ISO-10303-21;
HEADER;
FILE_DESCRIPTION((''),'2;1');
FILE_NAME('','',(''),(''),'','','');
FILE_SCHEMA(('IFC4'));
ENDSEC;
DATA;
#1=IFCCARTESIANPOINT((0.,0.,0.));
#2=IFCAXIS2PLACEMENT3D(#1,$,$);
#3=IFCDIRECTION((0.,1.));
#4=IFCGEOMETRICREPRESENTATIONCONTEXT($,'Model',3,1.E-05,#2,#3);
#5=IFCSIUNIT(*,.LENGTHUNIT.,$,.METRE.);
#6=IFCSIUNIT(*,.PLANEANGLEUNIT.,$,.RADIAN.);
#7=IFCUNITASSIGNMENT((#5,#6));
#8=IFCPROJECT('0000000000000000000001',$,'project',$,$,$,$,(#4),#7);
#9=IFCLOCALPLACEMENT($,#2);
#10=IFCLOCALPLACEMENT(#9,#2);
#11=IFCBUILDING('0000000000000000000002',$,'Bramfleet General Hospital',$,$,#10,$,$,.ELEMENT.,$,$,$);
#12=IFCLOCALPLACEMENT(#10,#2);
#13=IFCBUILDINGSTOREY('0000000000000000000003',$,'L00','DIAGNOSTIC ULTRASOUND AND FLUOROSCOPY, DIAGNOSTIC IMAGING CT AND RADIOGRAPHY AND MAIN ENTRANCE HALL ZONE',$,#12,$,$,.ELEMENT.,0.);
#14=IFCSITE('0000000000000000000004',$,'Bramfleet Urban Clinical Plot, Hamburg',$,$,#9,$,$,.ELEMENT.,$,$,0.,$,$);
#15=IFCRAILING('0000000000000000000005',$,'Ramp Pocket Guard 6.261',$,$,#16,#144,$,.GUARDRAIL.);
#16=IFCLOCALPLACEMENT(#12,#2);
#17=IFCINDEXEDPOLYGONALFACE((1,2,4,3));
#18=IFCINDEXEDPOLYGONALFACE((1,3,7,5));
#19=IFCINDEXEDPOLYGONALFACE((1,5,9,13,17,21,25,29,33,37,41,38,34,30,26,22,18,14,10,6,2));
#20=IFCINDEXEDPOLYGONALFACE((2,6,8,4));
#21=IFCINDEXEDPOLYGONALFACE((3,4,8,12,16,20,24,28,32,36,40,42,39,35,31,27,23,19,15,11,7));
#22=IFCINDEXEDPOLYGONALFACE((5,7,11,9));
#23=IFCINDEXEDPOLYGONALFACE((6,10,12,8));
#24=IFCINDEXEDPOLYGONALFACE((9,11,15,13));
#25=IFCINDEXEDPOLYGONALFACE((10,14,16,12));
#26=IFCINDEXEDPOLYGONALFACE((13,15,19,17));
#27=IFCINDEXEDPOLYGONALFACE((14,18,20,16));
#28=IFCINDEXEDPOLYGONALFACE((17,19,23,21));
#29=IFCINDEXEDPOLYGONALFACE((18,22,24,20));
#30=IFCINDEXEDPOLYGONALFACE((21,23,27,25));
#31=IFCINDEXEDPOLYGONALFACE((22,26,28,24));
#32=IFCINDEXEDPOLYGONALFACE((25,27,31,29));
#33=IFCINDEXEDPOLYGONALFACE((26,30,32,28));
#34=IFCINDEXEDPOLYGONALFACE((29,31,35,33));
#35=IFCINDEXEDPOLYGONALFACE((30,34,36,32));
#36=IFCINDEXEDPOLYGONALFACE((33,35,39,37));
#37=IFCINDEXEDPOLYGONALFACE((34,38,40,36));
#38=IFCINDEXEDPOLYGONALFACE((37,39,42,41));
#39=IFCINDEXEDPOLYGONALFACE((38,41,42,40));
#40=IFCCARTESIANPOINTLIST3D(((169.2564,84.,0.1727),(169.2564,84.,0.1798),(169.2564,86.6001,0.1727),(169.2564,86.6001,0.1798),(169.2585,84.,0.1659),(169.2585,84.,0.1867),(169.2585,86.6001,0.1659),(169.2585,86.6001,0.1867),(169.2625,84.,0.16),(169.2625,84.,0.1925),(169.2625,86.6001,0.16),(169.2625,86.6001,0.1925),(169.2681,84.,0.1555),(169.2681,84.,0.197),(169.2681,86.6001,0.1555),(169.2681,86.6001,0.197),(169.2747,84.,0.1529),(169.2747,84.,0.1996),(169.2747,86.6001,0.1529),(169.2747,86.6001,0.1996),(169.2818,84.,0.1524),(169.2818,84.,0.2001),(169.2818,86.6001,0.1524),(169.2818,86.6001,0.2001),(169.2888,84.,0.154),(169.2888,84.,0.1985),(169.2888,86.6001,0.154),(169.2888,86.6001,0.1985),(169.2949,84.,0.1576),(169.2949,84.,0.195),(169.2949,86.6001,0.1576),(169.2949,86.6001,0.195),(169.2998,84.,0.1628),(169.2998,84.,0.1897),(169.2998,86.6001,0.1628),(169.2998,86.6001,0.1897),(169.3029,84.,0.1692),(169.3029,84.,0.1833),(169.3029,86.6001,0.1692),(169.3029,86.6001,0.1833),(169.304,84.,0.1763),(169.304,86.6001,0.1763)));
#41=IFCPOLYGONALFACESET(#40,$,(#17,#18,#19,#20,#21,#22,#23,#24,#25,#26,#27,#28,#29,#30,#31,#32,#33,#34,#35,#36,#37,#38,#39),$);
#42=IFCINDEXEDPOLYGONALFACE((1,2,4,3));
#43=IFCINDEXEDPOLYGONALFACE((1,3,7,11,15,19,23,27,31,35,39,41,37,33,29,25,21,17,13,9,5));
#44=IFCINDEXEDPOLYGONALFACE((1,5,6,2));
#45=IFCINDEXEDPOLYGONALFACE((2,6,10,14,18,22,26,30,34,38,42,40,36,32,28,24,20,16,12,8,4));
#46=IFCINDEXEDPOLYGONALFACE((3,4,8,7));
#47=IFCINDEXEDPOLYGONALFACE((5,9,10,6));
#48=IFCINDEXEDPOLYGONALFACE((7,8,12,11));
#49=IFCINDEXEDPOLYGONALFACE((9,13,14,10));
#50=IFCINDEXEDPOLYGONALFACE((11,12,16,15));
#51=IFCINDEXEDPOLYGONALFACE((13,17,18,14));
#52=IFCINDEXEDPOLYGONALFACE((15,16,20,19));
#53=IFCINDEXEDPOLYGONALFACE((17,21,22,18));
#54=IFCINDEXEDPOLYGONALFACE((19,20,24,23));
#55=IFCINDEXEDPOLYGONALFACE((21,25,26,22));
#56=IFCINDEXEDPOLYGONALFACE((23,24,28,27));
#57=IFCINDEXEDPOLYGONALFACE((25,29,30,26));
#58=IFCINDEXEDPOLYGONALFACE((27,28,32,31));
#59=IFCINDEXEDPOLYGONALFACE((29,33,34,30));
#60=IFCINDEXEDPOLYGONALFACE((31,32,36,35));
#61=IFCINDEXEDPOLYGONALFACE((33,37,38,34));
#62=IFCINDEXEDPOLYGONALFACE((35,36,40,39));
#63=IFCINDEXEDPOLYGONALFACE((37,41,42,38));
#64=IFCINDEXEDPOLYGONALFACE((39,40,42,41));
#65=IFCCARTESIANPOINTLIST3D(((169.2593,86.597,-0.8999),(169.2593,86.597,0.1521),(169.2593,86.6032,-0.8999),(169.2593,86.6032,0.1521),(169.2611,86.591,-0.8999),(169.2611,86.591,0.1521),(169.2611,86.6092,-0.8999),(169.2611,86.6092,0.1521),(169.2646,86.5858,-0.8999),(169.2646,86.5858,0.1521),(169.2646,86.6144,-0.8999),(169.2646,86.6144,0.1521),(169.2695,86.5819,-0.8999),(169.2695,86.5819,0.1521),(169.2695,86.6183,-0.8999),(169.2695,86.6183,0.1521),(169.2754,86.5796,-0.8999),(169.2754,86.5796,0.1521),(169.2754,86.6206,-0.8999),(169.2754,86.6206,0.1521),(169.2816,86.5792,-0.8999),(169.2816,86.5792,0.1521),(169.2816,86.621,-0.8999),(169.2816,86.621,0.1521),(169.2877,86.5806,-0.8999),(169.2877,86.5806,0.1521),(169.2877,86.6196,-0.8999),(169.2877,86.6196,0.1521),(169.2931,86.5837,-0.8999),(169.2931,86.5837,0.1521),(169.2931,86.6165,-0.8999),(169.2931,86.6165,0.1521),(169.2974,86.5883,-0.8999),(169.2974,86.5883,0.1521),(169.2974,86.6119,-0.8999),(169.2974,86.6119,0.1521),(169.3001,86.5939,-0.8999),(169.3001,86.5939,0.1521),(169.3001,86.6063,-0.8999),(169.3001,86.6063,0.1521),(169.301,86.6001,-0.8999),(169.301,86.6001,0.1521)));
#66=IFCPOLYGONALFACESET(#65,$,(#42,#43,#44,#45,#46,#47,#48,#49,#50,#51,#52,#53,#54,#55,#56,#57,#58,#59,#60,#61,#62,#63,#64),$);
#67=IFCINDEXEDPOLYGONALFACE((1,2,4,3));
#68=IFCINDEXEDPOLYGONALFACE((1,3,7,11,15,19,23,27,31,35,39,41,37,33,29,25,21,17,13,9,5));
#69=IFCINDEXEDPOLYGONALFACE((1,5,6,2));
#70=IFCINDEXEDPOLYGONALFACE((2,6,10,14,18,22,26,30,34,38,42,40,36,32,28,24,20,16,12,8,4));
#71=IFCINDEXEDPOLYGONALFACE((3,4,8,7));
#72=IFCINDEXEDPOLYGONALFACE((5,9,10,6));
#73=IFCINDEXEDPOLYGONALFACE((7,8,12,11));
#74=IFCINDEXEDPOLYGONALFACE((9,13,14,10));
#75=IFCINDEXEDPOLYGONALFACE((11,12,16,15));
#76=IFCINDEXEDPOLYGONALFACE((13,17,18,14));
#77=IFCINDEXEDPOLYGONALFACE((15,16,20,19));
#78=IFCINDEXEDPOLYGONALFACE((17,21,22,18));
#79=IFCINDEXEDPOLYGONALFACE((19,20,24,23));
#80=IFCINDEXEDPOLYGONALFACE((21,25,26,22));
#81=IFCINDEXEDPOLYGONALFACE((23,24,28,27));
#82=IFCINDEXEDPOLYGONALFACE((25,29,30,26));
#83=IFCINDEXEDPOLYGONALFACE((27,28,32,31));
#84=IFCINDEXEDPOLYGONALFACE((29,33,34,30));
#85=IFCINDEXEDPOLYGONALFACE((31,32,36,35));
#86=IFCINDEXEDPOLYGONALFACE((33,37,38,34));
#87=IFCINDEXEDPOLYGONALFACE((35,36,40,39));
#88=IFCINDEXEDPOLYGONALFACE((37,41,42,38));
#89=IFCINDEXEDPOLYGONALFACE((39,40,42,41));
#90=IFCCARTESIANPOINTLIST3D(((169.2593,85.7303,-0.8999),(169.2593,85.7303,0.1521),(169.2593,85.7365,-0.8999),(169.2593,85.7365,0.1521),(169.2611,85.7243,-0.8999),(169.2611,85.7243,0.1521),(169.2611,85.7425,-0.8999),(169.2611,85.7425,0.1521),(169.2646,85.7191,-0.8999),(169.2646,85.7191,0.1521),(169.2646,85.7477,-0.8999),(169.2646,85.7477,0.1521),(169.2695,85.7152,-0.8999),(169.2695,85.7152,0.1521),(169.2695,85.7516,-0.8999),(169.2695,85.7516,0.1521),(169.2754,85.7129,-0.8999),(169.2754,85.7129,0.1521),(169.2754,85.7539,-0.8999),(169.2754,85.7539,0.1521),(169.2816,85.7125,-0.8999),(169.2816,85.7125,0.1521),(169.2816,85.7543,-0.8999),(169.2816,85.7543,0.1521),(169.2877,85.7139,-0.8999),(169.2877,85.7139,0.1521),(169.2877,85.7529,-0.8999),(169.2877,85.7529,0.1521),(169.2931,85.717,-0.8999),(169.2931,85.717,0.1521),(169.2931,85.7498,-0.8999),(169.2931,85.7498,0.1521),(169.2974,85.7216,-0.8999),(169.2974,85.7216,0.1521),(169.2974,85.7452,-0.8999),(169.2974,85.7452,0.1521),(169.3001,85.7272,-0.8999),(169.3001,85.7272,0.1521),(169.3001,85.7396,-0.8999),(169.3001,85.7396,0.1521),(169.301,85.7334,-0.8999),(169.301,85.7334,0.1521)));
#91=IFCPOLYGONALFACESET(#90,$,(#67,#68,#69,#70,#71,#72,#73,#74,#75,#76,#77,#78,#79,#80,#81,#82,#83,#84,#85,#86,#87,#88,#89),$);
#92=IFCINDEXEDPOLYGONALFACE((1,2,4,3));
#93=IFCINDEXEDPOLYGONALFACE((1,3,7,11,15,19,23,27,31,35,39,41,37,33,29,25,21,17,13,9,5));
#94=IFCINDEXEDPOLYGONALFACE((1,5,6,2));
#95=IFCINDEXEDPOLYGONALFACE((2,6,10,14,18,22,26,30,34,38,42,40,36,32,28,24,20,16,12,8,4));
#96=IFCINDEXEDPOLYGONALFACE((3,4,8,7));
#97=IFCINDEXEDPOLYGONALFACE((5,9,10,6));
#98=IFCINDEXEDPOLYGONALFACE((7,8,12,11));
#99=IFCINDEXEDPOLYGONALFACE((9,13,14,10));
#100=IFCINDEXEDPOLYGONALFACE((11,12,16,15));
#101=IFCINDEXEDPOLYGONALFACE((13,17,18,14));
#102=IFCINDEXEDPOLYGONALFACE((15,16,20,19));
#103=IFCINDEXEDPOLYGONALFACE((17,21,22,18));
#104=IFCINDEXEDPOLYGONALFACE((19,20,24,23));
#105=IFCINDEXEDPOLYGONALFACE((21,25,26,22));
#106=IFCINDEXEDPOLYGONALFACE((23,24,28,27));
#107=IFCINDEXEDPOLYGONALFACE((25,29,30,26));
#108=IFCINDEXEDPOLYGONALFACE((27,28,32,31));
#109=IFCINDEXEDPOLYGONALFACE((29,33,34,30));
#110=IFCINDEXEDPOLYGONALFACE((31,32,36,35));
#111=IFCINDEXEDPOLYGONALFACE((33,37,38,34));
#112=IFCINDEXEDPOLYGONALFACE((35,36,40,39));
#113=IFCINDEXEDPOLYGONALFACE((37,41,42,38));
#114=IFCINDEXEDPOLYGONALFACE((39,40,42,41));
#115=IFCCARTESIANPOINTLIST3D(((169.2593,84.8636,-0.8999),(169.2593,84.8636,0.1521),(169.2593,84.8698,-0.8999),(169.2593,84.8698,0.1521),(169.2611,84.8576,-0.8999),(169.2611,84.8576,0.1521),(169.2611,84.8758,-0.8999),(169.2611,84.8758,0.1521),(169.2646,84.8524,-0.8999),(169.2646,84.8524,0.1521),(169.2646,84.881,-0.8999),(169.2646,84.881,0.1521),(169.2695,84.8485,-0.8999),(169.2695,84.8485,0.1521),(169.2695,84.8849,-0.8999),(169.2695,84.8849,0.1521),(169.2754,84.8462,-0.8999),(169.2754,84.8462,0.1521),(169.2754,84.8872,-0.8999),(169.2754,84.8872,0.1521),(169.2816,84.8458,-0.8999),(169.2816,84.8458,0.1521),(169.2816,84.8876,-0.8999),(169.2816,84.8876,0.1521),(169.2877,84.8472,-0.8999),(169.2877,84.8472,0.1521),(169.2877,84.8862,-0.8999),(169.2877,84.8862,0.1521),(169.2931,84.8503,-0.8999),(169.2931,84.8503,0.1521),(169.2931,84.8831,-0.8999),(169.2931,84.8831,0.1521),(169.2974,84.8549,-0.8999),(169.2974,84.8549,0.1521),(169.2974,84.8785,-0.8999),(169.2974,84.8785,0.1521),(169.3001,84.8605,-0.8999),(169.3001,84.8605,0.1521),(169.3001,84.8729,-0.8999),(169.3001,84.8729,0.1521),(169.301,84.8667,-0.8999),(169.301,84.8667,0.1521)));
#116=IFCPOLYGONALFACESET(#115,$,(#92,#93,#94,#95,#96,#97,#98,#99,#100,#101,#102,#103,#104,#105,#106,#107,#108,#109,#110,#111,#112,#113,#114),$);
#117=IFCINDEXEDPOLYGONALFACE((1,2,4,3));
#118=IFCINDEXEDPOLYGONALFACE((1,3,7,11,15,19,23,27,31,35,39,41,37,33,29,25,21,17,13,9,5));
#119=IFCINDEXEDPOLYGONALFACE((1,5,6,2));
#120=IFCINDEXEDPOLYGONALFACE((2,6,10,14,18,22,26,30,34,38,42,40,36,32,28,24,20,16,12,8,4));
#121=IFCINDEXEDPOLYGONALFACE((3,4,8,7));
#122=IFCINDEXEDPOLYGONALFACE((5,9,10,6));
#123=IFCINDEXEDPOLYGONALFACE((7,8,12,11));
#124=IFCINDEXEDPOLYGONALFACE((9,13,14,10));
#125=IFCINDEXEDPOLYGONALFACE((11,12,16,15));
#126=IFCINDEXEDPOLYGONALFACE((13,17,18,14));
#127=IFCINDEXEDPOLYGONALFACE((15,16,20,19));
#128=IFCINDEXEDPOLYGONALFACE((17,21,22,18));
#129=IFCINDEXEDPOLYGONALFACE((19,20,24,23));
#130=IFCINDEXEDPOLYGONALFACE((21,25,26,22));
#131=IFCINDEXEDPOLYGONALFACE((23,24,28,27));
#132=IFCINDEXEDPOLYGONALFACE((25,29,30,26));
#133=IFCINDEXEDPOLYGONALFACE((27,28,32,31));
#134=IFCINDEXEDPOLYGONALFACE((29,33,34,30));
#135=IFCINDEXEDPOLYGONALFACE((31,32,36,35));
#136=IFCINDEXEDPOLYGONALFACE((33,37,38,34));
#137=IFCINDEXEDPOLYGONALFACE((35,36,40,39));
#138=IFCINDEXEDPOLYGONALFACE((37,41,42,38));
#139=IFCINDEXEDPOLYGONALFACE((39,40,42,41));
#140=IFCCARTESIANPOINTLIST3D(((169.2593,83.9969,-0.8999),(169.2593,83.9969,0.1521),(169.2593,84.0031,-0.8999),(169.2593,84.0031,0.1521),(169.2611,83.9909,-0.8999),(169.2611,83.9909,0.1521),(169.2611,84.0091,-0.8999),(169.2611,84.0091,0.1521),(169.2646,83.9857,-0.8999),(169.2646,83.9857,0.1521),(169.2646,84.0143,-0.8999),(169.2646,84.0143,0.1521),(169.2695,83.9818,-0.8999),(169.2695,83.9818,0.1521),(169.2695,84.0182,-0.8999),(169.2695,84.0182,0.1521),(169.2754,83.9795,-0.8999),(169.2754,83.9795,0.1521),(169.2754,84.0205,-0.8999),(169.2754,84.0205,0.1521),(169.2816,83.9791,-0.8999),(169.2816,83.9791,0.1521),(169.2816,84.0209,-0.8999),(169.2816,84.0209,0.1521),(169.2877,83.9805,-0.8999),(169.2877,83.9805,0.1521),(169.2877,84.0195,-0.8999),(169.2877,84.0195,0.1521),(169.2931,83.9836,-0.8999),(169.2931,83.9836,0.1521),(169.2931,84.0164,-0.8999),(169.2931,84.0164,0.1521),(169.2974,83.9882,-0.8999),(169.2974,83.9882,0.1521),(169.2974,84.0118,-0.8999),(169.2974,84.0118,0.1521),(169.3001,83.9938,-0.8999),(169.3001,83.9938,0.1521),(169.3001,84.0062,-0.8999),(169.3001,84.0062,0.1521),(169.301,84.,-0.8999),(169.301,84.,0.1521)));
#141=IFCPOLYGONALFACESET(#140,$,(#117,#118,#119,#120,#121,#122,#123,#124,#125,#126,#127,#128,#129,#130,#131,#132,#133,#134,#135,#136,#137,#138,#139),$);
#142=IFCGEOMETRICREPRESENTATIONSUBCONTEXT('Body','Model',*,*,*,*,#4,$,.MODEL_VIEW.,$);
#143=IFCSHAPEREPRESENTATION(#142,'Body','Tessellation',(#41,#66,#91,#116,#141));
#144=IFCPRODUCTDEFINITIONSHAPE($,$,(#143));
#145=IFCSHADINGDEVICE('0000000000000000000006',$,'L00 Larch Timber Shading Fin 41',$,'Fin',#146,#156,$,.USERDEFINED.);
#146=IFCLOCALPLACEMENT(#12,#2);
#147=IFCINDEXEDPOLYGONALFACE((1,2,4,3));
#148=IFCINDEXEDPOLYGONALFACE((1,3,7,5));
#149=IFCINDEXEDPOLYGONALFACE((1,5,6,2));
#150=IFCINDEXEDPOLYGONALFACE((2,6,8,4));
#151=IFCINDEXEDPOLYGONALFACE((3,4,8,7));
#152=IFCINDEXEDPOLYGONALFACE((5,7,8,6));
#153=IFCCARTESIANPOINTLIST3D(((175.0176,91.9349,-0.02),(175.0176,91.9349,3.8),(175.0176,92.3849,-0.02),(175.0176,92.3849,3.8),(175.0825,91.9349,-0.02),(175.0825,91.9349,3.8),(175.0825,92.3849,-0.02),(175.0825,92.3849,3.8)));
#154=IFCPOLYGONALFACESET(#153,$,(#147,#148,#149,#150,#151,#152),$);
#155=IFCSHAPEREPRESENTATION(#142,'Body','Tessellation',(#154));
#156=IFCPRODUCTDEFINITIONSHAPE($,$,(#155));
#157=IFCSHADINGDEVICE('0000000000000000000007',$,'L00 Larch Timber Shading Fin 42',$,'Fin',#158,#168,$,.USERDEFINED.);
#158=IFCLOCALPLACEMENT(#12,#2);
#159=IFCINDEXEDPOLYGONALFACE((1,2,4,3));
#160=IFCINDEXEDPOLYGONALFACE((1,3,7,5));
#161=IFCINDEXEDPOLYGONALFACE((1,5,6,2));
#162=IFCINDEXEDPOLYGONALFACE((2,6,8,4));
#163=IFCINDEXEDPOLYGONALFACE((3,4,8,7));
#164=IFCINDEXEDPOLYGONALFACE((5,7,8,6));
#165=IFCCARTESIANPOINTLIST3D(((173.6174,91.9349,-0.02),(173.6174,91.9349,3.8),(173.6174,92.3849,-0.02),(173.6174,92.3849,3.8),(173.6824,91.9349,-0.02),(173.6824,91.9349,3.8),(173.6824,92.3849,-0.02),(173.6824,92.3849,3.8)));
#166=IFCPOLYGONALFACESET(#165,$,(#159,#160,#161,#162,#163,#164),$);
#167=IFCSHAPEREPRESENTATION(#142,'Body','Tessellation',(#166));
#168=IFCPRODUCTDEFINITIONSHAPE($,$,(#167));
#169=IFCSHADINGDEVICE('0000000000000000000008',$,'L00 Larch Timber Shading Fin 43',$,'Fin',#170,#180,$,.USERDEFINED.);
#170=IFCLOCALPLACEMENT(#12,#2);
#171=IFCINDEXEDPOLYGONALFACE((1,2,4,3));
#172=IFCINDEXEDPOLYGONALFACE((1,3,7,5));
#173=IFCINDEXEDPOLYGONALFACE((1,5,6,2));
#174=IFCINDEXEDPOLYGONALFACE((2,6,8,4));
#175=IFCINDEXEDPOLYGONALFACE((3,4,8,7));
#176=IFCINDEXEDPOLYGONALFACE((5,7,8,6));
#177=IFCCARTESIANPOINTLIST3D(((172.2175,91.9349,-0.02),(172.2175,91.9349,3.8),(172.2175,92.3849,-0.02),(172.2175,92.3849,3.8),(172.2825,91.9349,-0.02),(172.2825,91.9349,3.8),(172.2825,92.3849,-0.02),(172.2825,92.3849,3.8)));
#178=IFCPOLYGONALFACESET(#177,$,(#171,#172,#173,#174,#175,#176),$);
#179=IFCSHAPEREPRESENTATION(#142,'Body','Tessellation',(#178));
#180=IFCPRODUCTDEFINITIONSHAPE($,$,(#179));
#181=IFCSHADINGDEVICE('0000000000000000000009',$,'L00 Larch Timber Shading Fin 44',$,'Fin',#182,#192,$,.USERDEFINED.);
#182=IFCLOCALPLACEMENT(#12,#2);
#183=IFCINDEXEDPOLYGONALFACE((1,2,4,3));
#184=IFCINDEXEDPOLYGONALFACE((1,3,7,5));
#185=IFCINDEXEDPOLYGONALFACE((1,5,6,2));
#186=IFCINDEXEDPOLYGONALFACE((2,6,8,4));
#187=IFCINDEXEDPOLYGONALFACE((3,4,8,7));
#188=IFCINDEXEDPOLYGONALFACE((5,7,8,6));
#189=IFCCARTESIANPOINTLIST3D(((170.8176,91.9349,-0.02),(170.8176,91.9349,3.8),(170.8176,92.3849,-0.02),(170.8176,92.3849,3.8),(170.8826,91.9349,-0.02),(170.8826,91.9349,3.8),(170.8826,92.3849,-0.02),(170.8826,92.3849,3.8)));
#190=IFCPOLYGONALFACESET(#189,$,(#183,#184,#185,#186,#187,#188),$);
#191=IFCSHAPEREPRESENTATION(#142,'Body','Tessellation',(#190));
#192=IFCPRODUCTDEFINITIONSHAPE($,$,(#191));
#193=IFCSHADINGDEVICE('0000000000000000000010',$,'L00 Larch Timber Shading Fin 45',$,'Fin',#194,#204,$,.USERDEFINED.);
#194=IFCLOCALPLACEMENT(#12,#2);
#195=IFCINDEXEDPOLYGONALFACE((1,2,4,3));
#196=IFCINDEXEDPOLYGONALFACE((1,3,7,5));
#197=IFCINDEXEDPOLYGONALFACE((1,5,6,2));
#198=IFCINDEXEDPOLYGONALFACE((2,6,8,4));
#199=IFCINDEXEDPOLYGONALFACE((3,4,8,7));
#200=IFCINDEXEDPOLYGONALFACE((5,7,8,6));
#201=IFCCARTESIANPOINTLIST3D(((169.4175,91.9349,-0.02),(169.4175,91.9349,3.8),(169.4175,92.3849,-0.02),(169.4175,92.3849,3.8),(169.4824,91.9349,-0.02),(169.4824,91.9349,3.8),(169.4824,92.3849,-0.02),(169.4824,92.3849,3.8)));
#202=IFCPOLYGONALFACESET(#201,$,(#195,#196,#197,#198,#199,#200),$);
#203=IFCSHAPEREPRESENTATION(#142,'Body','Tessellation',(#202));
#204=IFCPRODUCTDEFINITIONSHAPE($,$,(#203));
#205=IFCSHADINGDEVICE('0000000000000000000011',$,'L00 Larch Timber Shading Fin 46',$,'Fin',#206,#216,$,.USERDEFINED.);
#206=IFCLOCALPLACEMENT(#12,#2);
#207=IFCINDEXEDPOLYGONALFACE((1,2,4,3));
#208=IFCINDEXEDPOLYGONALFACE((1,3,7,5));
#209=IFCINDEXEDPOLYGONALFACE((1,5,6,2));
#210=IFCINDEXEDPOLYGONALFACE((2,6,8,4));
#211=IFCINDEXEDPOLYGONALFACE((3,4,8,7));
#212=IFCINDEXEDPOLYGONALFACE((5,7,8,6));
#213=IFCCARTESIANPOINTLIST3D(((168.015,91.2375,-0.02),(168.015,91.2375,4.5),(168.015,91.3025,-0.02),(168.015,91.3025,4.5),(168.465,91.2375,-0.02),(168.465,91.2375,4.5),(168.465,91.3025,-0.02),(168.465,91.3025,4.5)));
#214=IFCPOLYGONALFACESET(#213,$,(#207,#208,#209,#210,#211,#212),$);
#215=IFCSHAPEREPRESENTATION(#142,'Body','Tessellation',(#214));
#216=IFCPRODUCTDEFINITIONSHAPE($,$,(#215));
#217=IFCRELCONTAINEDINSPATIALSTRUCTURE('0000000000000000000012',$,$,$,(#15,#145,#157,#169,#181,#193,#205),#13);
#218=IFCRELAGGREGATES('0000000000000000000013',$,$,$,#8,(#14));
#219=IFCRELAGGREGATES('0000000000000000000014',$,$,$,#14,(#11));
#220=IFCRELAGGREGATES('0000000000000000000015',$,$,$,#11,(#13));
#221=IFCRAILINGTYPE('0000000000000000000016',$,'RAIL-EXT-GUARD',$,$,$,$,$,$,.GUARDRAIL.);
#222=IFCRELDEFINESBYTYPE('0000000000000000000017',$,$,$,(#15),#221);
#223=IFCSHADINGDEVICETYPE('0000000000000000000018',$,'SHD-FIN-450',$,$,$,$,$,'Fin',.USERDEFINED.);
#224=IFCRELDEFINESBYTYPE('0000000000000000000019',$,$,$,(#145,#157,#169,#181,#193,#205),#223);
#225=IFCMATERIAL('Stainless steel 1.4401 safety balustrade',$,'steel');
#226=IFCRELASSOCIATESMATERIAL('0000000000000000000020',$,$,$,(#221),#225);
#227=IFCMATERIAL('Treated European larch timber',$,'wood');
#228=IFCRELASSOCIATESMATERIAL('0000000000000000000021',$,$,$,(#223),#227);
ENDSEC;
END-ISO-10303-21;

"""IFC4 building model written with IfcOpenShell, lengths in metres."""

from ifc_helpers import new_model, si_unit, direction, frame, origin, origin_2d, place, context, subcontext, project, spatial, rectangle, circle, extrude, material, material_profile, profile_set, type_object, element, save


model = new_model("IFC4")

# Units and contexts
model_context = context("Model", 3, precision=1e-05, world=origin(), true_north=direction((0.0, 1.0)))
body_context = subcontext(model_context, "Body", "Model", "MODEL_VIEW")
ifc_project = project(units=[si_unit("LENGTHUNIT", "METRE"), si_unit("PLANEANGLEUNIT", "RADIAN")], contexts=[model_context])

# Site, building, storey
site_placement = place(None, origin())
site = spatial("IfcSite", under=ifc_project, at=site_placement, Name="Bramfleet Urban Clinical Plot, Hamburg", CompositionType="ELEMENT", RefElevation=0.0)
building_placement = place(site_placement, origin())
building = spatial("IfcBuilding", under=site, at=building_placement, Name="Bramfleet General Hospital", CompositionType="ELEMENT")
storey_placement = place(building_placement, origin())
storey = spatial("IfcBuildingStorey", under=building, at=storey_placement, Name="L00", Description="DIAGNOSTIC ULTRASOUND AND FLUOROSCOPY, DIAGNOSTIC IMAGING CT AND RADIOGRAPHY AND MAIN ENTRANCE HALL ZONE", CompositionType="ELEMENT", Elevation=0.0)

# Railing
ifc_material_1 = material(Name="Stainless steel 1.4401 safety balustrade", Category="steel")
railing_type = type_object("IfcRailingType", Name="RAIL-EXT-GUARD", PredefinedType="GUARDRAIL", material=ifc_material_1)
railing_1_placement = place(storey_placement, frame((169.28, 86.6001, -0.8999)))
element("IfcRailing", 1, at=railing_1_placement, inside=storey, type_object=railing_type, Name="Ramp Pocket Guard 6.261", PredefinedType="GUARDRAIL", context=body_context, shape_type="SweptSolid", body=[
    extrude(circle(Radius=0.0239, at=origin_2d()), frame((0.0, 0.0, 1.0762), z_axis=(0.0, -1.0, 0.0), x_axis=(1.0, 0.0, 0.0)), (0.0, 0.0, 1.0), 2.6001),
    extrude(circle(Radius=0.021, at=origin_2d()), origin(), (0.0, 0.0, 1.0), 1.052),
    extrude(circle(Radius=0.021, at=origin_2d()), frame((0.0, -0.8667, 0.0)), (0.0, 0.0, 1.0), 1.052),
    extrude(circle(Radius=0.021, at=origin_2d()), frame((0.0, -1.7334, 0.0)), (0.0, 0.0, 1.0), 1.052),
    extrude(circle(Radius=0.021, at=origin_2d()), frame((0.0, -2.6001, 0.0)), (0.0, 0.0, 1.0), 1.052),
])

# Shading devices
ifc_material_2 = material(Name="Treated European larch timber", Category="wood")
ifc_material_profile_1 = material_profile(ifc_material_2, rectangle(XDim=0.0649, YDim=0.45, at=origin_2d()), Name="LARCH FIN 450x65")
ifc_profile_set_1 = profile_set([ifc_material_profile_1], Name="Treated European larch timber")
shading_device_type = type_object("IfcShadingDeviceType", Name="SHD-FIN-450", ElementType="Fin", PredefinedType="USERDEFINED", material=ifc_profile_set_1)
for number, where, z_axis, x_axis, name in (
    (2, (175.05, 92.1599, -0.02), (0.0, 0.0, 1.0), (-1.0, 0.0, 0.0), "L00 Larch Timber Shading Fin 41"),
    (3, (173.6499, 92.1599, -0.02), (0.0, 0.0, 1.0), (-1.0, 0.0, 0.0), "L00 Larch Timber Shading Fin 42"),
    (4, (172.25, 92.1599, -0.02), (0.0, 0.0, 1.0), (-1.0, 0.0, 0.0), "L00 Larch Timber Shading Fin 43"),
    (5, (170.8501, 92.1599, -0.02), (0.0, 0.0, 1.0), (-1.0, 0.0, 0.0), "L00 Larch Timber Shading Fin 44"),
    (6, (169.45, 92.1599, -0.02), (0.0, 0.0, 1.0), (-1.0, 0.0, 0.0), "L00 Larch Timber Shading Fin 45"),
):
    element("IfcShadingDevice", number, at=place(storey_placement, frame(where, z_axis=z_axis, x_axis=x_axis)), inside=storey, type_object=shading_device_type, Name=name, ObjectType="Fin", PredefinedType="USERDEFINED", context=body_context, shape_type="SweptSolid", body=[
        extrude(rectangle(XDim=0.0649, YDim=0.45, at=origin_2d()), origin(), (0.0, 0.0, 1.0), 3.8201),
    ])
for number, where, z_axis, x_axis, name in (
    (7, (168.24, 91.27, -0.02), (0.0, 0.0, 1.0), (0.0, -1.0, 0.0), "L00 Larch Timber Shading Fin 46"),
):
    element("IfcShadingDevice", number, at=place(storey_placement, frame(where, z_axis=z_axis, x_axis=x_axis)), inside=storey, type_object=shading_device_type, Name=name, ObjectType="Fin", PredefinedType="USERDEFINED", context=body_context, shape_type="SweptSolid", body=[
        extrude(rectangle(XDim=0.0649, YDim=0.45, at=origin_2d()), origin(), (0.0, 0.0, 1.0), 4.52),
    ])

save(model, "model.ifc")
